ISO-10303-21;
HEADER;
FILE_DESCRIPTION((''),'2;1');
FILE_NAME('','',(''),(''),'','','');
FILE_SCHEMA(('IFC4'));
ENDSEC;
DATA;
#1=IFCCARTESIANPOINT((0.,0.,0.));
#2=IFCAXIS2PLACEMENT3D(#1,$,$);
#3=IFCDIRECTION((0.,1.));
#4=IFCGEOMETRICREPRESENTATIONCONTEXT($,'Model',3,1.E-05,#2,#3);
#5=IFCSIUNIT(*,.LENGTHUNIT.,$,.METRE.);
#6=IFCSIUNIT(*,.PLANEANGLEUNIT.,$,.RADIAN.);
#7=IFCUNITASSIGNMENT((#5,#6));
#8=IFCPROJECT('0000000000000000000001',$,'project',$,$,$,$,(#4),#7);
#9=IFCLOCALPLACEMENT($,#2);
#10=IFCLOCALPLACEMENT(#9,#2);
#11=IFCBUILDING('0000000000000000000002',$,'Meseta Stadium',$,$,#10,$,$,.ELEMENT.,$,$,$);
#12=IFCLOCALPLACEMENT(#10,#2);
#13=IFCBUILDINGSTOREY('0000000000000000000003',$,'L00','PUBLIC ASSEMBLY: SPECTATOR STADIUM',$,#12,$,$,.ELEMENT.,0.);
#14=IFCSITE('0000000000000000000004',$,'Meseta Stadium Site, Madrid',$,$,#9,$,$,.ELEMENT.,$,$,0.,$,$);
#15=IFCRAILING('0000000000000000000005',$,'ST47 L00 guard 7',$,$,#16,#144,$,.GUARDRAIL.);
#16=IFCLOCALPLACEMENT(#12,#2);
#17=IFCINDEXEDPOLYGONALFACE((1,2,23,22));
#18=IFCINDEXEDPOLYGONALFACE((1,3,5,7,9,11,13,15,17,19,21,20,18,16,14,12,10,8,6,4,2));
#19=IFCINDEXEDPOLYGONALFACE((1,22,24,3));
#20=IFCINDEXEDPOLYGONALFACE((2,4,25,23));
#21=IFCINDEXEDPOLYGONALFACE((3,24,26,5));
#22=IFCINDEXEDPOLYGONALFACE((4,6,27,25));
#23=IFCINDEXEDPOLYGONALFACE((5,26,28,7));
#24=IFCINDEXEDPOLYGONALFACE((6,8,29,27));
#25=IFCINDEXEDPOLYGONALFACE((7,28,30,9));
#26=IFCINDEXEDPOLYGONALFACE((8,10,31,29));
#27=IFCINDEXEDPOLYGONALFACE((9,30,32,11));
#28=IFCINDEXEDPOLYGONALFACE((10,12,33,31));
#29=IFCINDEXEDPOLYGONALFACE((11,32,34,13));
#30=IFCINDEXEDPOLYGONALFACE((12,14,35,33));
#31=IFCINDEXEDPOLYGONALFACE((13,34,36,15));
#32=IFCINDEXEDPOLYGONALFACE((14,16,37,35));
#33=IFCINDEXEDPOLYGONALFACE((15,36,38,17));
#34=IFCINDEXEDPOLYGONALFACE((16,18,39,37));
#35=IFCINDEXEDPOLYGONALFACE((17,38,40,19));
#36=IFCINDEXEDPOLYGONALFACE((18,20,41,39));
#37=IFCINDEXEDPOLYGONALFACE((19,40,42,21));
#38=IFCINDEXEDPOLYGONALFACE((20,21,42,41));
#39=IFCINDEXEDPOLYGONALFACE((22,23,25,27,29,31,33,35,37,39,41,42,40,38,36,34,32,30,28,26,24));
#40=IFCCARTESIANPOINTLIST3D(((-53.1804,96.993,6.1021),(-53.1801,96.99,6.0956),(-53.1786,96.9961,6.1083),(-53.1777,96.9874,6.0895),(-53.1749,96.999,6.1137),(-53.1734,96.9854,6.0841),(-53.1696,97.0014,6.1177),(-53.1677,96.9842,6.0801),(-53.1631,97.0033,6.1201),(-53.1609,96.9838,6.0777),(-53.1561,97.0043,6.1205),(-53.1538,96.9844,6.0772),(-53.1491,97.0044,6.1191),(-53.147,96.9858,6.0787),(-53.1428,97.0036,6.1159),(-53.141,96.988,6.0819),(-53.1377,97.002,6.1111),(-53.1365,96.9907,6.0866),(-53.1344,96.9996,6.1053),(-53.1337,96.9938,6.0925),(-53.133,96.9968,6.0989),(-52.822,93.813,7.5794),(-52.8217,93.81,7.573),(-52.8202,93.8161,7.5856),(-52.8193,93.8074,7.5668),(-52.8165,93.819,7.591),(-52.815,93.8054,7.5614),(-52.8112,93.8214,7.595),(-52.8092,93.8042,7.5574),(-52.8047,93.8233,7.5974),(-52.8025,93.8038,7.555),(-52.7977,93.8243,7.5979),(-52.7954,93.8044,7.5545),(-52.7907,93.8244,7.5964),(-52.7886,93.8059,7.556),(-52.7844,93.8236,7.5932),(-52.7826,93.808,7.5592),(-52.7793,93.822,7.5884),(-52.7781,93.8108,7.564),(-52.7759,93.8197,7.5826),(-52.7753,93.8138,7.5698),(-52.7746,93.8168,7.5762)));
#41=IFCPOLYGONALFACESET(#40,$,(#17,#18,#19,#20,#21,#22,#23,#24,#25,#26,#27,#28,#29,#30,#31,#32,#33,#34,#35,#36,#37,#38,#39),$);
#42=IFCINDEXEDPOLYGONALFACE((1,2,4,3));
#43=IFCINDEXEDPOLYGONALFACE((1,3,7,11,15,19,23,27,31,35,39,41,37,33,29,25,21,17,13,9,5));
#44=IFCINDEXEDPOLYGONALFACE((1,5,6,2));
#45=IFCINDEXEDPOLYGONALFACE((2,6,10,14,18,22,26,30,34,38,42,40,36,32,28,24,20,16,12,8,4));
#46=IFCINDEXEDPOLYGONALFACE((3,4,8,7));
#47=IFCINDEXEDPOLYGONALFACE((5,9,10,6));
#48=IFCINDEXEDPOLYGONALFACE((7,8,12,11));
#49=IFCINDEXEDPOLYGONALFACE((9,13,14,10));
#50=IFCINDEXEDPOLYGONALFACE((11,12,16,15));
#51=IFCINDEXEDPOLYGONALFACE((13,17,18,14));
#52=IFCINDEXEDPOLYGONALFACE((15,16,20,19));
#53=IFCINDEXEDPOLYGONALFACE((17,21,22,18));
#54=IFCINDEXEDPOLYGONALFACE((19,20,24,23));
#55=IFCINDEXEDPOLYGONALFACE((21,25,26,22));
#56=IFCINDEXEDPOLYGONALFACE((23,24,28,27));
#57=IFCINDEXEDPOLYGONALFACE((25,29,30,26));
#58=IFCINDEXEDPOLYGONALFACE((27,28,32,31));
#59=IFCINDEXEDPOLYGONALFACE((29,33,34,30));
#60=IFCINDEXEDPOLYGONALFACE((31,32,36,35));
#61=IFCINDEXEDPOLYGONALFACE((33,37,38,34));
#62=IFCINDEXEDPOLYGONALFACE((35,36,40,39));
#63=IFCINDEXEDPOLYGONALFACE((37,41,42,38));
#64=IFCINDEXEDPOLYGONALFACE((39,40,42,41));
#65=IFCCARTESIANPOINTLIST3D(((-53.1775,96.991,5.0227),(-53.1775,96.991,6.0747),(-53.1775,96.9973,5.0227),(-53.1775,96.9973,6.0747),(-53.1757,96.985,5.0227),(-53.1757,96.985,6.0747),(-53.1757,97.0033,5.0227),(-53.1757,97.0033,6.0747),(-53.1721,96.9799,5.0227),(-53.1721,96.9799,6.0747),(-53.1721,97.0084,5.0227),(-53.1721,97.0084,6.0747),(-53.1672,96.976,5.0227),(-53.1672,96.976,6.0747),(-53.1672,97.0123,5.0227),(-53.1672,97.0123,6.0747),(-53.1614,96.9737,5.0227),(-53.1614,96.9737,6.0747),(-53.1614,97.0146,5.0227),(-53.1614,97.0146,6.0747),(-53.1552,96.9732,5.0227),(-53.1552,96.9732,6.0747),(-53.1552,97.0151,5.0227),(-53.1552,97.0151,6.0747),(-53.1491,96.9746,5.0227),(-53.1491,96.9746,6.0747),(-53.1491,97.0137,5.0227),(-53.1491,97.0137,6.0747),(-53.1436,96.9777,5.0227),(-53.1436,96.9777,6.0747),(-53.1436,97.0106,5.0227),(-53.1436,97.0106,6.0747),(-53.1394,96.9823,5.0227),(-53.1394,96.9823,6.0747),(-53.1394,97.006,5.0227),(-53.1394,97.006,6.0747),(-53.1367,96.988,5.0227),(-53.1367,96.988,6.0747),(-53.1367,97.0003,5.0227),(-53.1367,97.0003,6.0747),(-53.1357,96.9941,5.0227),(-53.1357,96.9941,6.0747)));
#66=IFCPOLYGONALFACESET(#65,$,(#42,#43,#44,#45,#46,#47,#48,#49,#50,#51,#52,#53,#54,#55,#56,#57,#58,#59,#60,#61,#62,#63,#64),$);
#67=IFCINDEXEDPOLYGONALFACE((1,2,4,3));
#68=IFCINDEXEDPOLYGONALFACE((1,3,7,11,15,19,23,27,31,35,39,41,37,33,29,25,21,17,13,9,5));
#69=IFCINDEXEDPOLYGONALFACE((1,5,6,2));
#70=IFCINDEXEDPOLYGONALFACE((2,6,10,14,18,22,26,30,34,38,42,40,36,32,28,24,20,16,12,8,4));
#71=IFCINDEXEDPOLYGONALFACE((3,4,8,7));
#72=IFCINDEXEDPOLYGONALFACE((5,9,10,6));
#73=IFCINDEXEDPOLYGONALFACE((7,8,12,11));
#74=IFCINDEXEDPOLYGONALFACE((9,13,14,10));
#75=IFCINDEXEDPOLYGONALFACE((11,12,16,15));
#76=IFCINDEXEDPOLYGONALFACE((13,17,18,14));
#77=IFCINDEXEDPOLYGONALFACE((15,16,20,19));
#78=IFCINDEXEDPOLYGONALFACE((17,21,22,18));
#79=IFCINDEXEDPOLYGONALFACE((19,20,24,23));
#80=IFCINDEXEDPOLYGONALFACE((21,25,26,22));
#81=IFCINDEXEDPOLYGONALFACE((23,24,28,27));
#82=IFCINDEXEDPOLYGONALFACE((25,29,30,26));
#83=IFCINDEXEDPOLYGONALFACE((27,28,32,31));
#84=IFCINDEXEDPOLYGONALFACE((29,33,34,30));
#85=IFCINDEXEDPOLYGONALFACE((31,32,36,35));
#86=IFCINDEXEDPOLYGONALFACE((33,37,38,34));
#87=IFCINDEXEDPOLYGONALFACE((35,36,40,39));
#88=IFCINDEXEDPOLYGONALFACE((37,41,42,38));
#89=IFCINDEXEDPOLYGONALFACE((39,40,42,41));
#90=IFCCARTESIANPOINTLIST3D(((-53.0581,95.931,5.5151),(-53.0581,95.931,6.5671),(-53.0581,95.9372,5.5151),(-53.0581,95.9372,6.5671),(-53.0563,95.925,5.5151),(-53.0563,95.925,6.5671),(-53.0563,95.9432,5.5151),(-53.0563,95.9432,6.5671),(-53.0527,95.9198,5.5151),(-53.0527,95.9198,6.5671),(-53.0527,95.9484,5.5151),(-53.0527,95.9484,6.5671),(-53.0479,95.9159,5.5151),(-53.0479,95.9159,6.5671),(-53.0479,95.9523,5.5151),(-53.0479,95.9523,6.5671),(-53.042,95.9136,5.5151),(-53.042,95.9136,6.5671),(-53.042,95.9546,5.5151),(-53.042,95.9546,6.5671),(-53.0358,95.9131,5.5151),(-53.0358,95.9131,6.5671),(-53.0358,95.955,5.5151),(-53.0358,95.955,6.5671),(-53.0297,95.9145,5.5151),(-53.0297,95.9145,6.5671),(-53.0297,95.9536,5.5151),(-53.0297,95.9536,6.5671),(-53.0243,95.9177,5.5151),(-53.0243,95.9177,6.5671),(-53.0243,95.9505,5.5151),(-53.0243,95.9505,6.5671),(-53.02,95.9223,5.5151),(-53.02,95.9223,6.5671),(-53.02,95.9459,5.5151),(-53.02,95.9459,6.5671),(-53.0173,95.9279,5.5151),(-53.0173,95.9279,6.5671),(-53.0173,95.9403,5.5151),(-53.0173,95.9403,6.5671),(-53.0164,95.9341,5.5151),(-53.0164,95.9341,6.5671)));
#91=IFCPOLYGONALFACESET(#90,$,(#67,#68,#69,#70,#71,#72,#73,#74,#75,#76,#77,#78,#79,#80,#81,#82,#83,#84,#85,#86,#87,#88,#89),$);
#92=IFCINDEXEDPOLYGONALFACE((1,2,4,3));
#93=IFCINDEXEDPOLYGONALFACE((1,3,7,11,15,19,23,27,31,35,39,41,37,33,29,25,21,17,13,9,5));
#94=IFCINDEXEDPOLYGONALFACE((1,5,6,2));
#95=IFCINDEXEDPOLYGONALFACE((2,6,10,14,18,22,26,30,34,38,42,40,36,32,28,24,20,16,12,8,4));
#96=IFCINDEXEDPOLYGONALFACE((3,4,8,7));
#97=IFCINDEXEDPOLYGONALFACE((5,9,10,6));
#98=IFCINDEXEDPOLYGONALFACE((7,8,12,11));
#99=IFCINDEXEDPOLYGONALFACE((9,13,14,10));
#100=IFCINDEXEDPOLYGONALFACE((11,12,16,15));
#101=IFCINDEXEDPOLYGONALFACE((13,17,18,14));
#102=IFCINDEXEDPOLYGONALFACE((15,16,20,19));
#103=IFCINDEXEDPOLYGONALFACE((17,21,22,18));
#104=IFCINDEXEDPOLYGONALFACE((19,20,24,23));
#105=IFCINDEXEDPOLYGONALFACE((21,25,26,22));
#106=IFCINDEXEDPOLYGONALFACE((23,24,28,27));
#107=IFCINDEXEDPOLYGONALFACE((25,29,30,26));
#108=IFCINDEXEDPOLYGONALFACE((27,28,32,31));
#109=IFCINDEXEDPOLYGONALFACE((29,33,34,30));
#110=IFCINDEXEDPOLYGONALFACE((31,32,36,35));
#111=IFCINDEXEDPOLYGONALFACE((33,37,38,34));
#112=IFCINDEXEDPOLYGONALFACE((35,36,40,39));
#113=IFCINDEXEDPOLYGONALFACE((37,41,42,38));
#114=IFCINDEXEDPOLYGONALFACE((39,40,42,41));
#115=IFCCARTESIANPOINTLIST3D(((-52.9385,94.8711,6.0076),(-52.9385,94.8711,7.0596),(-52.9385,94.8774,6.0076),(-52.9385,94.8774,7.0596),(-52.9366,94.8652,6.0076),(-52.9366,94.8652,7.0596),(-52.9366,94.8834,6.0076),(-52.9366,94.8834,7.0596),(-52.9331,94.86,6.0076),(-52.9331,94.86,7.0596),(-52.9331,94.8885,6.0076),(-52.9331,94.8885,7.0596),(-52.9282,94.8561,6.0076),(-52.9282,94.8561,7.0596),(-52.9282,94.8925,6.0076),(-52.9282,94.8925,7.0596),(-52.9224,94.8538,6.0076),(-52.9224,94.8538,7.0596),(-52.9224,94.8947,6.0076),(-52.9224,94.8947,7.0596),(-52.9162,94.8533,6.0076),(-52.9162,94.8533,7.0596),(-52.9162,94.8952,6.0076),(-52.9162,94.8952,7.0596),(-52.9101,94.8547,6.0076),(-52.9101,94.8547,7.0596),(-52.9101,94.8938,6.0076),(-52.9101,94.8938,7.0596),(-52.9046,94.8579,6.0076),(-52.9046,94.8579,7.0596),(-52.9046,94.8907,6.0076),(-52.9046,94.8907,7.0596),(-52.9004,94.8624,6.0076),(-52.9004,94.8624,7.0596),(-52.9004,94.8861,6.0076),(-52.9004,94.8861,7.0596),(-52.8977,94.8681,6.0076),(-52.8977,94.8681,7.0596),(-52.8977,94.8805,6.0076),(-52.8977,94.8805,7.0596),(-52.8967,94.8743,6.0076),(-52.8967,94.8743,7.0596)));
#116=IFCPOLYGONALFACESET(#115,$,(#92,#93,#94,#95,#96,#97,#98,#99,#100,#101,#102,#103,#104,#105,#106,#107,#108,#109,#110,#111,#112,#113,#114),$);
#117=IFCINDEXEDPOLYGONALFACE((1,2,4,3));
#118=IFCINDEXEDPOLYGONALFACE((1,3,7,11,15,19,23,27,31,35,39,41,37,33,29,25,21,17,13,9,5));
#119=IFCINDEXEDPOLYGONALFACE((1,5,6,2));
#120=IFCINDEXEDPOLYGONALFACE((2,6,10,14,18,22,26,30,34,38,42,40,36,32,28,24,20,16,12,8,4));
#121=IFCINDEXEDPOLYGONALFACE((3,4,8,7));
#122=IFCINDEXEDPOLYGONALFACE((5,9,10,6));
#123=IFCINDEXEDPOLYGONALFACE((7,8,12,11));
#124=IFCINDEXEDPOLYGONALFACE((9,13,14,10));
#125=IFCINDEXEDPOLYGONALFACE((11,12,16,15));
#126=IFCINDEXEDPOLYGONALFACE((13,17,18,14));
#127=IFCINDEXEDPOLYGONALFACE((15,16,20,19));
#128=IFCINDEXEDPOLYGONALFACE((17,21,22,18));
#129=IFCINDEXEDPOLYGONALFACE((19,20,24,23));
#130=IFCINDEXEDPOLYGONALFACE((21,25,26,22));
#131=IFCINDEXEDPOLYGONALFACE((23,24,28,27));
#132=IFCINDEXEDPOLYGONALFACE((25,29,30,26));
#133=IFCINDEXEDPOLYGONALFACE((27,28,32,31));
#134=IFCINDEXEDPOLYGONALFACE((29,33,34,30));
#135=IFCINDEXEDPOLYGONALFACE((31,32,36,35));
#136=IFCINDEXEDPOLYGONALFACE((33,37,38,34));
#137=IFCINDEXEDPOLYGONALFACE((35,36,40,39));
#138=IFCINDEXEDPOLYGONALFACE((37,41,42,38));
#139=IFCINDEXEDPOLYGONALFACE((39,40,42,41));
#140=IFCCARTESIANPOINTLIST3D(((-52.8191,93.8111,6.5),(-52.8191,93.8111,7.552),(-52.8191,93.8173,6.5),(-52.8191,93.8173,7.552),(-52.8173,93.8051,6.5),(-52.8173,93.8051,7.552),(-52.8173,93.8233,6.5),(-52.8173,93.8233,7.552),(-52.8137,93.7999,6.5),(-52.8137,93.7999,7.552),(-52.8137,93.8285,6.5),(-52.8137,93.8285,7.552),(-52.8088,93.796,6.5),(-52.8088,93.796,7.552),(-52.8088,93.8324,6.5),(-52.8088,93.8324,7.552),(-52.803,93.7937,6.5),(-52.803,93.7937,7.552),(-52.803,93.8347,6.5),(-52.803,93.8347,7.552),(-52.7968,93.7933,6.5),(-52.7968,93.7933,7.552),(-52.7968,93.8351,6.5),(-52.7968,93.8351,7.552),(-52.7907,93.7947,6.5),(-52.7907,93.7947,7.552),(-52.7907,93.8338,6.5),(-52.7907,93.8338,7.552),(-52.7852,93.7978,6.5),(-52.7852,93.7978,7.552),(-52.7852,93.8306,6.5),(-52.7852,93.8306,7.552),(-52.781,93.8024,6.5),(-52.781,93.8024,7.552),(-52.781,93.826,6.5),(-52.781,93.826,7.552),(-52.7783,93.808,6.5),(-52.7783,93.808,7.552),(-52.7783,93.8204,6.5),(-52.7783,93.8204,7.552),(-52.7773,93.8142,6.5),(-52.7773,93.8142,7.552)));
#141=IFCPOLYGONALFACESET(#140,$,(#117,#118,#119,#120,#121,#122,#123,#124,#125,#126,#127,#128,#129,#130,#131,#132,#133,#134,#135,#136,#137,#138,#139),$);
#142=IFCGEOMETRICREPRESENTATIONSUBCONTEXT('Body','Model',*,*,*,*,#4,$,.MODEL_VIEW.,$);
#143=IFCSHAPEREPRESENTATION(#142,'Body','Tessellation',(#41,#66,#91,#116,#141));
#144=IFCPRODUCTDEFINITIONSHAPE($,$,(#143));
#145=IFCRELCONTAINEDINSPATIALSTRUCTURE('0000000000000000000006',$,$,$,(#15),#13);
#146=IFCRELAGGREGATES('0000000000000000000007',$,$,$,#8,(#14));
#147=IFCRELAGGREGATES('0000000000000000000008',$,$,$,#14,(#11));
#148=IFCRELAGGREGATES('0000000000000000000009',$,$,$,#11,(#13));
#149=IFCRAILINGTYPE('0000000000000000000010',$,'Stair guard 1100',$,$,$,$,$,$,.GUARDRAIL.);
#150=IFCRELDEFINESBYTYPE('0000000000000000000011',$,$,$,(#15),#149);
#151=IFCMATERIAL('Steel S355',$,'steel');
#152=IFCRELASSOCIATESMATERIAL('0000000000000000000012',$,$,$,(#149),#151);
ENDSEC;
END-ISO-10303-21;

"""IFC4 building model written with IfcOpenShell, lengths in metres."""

from ifc_helpers import new_model, si_unit, direction, frame, origin, origin_2d, place, context, subcontext, project, spatial, circle, extrude, material, type_object, element, save


model = new_model("IFC4")

# Units and contexts
model_context = context("Model", 3, precision=1e-05, world=origin(), true_north=direction((0.0, 1.0)))
body_context = subcontext(model_context, "Body", "Model", "MODEL_VIEW")
ifc_project = project(units=[si_unit("LENGTHUNIT", "METRE"), si_unit("PLANEANGLEUNIT", "RADIAN")], contexts=[model_context])

# Site, building, storey
site_placement = place(None, origin())
site = spatial("IfcSite", under=ifc_project, at=site_placement, Name="Meseta Stadium Site, Madrid", CompositionType="ELEMENT", RefElevation=0.0)
building_placement = place(site_placement, origin())
building = spatial("IfcBuilding", under=site, at=building_placement, Name="Meseta Stadium", CompositionType="ELEMENT")
storey_placement = place(building_placement, origin())
storey = spatial("IfcBuildingStorey", under=building, at=storey_placement, Name="L00", Description="PUBLIC ASSEMBLY: SPECTATOR STADIUM", CompositionType="ELEMENT", Elevation=0.0)

# Railing
ifc_material_1 = material(Name="Steel S355", Category="steel")
railing_type = type_object("IfcRailingType", Name="Stair guard 1100", PredefinedType="GUARDRAIL", material=ifc_material_1)
railing_placement = place(storey_placement, frame((-53.1567, 96.9941, 5.0227)))
element("IfcRailing", 1, at=railing_placement, inside=storey, type_object=railing_type, Name="ST47 L00 guard 7", PredefinedType="GUARDRAIL", context=body_context, shape_type="SweptSolid", body=[
    extrude(circle(Radius=0.0239, at=origin_2d()), frame((0.0, 0.0, 1.0762), z_axis=(0.101685, -0.90221, 0.419138), x_axis=(0.993709, 0.111997, 0.0)), (0.0, 0.0, 1.0), 3.5247),
    extrude(circle(Radius=0.021, at=origin_2d()), origin(), (0.0, 0.0, 1.0), 1.052),
    extrude(circle(Radius=0.021, at=origin_2d()), frame((0.1194, -1.0601, 0.4924)), (0.0, 0.0, 1.0), 1.052),
    extrude(circle(Radius=0.021, at=origin_2d()), frame((0.239, -2.1199, 0.9849)), (0.0, 0.0, 1.0), 1.052),
    extrude(circle(Radius=0.021, at=origin_2d()), frame((0.3584, -3.1799, 1.4773)), (0.0, 0.0, 1.0), 1.052),
])

save(model, "model.ifc")
